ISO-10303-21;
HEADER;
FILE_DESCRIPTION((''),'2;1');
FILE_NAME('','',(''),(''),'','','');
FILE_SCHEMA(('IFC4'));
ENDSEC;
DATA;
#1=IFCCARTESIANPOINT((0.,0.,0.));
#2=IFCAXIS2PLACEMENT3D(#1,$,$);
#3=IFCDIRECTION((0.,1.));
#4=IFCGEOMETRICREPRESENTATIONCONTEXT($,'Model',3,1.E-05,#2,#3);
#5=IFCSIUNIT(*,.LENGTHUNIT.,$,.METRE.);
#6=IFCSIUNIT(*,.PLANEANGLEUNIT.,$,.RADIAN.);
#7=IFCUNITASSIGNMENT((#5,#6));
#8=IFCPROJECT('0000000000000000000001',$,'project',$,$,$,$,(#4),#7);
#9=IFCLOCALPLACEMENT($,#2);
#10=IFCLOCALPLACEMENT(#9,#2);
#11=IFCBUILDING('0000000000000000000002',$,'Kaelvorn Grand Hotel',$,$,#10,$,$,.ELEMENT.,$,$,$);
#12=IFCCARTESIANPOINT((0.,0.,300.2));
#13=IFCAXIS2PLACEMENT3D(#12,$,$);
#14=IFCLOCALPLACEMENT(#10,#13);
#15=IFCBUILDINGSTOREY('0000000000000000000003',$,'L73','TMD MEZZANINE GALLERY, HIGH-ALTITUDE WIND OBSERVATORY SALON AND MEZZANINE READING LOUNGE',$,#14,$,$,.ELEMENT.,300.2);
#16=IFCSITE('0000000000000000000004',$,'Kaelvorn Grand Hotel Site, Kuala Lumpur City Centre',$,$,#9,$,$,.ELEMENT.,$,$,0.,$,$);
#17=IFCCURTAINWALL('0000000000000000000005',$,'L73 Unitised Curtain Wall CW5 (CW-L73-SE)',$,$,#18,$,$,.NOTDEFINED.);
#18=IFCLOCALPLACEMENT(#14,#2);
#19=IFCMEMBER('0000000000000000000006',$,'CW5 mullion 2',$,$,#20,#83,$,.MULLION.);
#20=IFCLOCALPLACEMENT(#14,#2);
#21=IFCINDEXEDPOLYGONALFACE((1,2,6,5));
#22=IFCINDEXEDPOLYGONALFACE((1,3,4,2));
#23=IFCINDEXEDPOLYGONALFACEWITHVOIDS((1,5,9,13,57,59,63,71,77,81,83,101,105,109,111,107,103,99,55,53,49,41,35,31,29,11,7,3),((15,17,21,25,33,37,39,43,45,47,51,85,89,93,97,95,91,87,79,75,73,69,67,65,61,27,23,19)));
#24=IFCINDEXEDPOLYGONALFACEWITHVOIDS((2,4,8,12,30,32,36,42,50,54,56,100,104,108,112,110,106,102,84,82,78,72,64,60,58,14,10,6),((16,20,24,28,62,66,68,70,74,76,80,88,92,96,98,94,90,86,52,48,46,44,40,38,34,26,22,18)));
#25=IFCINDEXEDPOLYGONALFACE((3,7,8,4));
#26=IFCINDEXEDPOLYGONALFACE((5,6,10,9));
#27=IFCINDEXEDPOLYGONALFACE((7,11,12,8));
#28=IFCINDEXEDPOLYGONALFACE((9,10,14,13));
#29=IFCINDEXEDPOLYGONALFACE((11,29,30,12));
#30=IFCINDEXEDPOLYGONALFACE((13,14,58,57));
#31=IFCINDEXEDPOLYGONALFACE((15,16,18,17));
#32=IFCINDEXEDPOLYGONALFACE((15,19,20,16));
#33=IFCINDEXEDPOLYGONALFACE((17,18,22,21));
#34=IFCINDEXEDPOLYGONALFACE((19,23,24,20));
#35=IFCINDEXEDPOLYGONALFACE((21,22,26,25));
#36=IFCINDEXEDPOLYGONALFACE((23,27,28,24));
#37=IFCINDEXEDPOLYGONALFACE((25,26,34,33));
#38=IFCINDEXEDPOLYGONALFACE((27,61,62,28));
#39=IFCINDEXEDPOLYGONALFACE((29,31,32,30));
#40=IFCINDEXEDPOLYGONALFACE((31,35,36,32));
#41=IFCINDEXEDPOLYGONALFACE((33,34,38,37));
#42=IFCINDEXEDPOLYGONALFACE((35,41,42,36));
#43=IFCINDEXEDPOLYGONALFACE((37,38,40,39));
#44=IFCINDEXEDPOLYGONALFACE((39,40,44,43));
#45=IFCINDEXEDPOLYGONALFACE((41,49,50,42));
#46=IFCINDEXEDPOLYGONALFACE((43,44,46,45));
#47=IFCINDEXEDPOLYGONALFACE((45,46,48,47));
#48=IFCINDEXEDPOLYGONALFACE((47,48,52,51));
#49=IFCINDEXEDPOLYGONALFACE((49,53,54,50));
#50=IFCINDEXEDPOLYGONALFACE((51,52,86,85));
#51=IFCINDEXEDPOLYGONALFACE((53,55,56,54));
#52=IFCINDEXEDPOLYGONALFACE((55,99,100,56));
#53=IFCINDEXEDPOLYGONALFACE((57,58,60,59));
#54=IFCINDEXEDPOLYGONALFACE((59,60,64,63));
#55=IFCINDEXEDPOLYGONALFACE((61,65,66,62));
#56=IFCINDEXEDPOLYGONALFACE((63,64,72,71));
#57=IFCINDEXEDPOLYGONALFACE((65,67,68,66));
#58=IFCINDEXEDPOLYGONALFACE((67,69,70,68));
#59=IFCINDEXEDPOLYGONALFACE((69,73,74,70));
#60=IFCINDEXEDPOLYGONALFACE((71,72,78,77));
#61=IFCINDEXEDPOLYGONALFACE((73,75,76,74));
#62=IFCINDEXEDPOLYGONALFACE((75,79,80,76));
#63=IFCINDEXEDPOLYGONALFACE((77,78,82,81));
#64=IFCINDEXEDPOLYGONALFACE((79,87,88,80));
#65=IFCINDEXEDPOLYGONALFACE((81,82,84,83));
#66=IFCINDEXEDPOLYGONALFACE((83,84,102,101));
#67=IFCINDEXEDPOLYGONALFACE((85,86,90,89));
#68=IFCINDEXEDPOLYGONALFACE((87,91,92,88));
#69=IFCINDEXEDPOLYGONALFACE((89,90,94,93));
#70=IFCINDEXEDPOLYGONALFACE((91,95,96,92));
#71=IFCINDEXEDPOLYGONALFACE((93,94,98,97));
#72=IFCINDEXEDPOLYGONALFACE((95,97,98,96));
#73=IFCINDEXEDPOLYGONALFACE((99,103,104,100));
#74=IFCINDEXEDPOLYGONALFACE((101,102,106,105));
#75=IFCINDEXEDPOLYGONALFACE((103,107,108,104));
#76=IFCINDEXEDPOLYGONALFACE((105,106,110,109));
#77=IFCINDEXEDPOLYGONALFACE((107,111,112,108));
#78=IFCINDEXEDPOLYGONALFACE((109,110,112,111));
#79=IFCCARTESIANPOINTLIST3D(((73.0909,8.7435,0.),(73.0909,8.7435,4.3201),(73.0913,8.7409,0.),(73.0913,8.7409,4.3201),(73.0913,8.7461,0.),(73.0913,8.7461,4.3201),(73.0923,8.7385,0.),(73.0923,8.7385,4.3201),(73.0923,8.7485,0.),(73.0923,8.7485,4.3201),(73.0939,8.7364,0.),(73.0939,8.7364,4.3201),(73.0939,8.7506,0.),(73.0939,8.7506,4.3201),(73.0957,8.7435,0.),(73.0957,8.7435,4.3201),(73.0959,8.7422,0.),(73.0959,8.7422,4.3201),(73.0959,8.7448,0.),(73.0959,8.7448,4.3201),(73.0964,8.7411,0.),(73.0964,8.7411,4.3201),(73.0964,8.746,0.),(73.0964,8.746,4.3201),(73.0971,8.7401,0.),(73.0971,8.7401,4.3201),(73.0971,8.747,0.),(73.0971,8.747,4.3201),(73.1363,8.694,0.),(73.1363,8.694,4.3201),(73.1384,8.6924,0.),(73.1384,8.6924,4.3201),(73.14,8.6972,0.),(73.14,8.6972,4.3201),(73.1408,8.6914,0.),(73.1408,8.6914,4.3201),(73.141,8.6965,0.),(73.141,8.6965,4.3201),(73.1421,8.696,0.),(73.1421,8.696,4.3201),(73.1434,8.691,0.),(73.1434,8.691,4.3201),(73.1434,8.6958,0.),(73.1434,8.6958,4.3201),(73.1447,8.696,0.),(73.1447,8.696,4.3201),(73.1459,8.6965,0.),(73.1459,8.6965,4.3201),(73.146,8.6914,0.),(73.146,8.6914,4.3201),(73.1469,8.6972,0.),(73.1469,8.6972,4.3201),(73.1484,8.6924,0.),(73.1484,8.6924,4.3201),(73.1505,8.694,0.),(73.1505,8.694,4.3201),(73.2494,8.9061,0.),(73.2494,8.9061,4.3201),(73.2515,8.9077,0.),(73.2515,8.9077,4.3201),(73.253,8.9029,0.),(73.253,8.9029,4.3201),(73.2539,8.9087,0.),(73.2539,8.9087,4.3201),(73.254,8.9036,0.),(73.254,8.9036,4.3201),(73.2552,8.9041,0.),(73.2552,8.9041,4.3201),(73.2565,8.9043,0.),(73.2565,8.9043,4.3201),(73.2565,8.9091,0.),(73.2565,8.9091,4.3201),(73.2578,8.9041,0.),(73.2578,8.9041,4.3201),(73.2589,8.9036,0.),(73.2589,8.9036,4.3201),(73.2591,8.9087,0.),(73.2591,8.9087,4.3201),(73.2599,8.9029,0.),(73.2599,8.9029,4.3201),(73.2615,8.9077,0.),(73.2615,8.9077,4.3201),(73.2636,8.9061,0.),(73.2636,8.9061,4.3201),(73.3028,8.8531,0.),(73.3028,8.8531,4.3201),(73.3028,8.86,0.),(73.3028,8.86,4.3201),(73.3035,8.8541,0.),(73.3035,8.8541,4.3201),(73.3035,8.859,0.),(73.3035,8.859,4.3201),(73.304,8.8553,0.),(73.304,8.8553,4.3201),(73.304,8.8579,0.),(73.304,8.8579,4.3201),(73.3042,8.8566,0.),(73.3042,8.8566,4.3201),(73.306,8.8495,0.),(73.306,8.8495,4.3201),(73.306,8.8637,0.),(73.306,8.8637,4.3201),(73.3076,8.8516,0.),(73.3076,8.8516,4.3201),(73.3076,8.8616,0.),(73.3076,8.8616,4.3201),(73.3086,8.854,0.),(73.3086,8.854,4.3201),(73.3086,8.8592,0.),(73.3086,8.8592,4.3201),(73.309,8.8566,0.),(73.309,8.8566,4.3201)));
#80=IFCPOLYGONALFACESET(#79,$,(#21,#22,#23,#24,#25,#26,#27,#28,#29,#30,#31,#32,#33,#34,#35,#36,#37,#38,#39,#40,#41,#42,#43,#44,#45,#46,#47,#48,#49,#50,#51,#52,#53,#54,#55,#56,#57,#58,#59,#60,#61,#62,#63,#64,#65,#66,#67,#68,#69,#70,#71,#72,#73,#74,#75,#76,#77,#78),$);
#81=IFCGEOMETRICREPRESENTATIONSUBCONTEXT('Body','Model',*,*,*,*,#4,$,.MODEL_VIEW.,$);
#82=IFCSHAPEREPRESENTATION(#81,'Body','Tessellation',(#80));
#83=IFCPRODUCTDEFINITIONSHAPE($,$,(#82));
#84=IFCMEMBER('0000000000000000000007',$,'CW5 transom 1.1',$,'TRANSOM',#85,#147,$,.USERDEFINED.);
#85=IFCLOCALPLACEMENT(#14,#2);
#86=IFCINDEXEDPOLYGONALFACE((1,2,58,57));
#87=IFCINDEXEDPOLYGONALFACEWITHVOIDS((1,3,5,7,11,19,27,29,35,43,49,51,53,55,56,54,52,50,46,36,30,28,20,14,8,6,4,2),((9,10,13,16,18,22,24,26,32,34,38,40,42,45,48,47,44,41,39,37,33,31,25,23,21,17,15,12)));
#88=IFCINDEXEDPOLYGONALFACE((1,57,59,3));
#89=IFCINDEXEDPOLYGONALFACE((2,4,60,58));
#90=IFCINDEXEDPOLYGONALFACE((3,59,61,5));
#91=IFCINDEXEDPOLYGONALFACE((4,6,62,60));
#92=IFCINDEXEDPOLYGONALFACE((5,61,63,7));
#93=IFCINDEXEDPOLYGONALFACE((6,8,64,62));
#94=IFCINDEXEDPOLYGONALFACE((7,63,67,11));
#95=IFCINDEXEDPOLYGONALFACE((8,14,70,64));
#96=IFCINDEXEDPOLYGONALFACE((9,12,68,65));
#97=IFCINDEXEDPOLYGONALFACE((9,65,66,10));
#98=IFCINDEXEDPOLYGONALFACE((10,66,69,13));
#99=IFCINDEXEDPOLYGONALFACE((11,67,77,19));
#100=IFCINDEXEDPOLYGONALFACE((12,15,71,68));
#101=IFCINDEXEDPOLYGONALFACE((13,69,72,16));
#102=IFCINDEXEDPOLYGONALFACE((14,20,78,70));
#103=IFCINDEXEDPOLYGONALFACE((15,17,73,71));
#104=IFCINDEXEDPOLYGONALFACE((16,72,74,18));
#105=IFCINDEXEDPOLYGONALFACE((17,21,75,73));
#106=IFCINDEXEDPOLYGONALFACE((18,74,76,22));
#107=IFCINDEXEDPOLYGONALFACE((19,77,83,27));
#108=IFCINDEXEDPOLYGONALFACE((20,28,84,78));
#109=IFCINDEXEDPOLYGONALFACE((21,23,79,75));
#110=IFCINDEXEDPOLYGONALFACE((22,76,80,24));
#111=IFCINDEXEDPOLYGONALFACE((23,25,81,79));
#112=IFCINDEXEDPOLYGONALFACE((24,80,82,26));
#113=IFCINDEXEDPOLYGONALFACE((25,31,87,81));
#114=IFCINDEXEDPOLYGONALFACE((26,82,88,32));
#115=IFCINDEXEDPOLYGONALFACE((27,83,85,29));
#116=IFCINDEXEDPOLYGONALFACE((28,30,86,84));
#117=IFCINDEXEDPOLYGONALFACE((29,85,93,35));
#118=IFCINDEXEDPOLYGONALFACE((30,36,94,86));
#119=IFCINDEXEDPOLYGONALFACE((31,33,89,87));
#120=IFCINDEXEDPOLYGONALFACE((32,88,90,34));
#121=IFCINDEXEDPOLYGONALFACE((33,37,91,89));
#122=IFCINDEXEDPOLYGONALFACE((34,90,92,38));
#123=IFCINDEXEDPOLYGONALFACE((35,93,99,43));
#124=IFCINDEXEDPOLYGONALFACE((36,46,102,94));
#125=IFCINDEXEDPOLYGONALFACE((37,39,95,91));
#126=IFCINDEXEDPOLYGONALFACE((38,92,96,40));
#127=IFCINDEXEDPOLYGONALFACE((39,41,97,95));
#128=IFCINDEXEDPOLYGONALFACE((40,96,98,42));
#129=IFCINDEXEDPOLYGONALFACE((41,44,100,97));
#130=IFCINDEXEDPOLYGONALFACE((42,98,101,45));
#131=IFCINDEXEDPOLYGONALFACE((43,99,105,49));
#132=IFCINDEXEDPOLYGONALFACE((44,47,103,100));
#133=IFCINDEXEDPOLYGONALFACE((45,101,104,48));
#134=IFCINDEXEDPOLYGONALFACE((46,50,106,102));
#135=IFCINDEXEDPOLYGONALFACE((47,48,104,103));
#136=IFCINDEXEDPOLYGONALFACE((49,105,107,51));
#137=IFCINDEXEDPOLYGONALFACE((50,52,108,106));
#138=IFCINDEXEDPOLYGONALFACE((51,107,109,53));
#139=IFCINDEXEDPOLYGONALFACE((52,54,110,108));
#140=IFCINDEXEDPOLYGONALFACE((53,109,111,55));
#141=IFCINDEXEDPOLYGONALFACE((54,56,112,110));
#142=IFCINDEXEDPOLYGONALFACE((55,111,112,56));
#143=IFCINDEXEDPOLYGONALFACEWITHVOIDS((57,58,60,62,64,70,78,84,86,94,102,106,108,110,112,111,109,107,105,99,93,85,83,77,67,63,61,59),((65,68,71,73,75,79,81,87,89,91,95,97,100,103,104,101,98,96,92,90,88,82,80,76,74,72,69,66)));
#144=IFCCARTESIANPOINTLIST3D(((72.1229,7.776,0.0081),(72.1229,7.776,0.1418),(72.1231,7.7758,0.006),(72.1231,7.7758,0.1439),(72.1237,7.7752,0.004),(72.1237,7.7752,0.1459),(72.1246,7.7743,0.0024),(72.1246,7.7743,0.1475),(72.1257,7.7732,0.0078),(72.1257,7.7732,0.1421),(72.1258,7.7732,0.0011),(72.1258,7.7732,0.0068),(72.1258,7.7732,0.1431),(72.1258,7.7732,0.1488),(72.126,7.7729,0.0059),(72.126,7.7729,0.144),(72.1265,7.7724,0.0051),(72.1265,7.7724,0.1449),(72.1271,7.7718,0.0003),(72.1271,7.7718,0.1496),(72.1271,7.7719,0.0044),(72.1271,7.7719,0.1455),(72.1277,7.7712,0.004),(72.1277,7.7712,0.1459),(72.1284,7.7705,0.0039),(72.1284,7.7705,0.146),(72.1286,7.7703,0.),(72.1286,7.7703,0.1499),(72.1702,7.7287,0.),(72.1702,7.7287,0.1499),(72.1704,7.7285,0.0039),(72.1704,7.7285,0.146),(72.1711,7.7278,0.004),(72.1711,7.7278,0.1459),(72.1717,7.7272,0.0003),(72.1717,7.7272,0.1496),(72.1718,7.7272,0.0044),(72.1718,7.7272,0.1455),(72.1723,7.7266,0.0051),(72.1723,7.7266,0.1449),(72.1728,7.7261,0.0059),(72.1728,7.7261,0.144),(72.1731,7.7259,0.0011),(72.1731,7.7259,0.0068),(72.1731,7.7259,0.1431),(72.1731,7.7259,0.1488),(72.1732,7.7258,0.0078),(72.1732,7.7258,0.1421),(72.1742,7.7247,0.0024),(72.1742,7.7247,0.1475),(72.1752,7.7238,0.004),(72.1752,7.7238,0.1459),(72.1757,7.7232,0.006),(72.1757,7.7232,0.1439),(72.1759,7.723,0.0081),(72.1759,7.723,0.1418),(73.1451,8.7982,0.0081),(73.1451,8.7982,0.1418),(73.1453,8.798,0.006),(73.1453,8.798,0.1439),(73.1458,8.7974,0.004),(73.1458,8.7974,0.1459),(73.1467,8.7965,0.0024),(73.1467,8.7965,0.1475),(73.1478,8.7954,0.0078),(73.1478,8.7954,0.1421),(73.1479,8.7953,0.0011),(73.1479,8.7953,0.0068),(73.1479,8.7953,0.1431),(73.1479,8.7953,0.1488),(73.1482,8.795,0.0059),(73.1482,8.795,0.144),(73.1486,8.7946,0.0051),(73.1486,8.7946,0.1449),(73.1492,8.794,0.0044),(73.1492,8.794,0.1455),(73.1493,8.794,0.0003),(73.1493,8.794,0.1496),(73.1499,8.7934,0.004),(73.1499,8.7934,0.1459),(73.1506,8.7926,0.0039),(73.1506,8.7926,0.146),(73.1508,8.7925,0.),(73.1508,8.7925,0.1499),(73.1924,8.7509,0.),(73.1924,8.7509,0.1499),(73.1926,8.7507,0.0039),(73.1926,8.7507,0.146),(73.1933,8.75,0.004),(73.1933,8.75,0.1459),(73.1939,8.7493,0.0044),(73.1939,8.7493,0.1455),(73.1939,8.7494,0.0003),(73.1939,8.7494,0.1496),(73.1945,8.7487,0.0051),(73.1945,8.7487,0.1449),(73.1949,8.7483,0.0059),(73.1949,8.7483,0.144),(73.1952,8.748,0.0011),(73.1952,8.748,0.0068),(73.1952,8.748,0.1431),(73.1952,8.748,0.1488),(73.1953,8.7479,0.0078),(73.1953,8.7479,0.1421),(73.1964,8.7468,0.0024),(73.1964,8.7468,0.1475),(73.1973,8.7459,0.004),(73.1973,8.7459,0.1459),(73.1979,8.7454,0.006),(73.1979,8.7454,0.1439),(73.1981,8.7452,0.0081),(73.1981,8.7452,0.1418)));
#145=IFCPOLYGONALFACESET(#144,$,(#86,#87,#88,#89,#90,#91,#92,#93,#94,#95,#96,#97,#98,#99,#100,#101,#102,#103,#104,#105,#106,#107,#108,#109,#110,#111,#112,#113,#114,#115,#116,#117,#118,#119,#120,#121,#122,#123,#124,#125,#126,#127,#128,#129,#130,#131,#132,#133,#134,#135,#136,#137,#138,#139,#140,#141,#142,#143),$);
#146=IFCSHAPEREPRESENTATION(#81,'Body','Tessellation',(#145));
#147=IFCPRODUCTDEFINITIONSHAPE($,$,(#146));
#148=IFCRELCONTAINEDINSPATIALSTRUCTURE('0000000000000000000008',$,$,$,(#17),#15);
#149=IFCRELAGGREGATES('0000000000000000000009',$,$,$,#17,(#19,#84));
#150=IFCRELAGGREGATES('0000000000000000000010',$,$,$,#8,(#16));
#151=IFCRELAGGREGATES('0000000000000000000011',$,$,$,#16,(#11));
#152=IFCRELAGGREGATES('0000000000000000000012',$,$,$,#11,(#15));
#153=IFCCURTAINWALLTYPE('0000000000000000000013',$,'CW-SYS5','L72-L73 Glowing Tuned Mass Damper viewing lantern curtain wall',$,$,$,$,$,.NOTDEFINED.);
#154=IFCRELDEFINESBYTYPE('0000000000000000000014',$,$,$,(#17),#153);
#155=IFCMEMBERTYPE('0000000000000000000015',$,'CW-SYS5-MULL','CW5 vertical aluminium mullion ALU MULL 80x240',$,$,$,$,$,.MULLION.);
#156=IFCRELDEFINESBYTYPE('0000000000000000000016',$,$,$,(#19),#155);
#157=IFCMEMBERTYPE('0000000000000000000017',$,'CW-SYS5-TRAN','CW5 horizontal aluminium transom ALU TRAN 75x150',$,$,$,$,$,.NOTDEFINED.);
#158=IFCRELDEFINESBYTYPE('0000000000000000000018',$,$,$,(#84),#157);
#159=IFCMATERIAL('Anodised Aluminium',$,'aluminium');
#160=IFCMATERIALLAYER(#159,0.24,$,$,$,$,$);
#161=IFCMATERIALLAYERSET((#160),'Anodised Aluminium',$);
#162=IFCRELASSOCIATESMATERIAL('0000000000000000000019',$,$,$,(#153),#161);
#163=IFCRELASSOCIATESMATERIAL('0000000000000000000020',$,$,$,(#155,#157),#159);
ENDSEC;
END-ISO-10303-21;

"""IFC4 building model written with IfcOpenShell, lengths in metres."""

from ifc_helpers import new_model, si_unit, direction, frame, origin, origin_2d, place, context, subcontext, project, spatial, hollow_rectangle, extrude, material, layer, layer_set, material_profile, profile_set, type_object, element, aggregate, save


model = new_model("IFC4")

# Units and contexts
model_context = context("Model", 3, precision=1e-05, world=origin(), true_north=direction((0.0, 1.0)))
body_context = subcontext(model_context, "Body", "Model", "MODEL_VIEW")
ifc_project = project(units=[si_unit("LENGTHUNIT", "METRE"), si_unit("PLANEANGLEUNIT", "RADIAN")], contexts=[model_context])

# Site, building, storey
site_placement = place(None, origin())
site = spatial("IfcSite", under=ifc_project, at=site_placement, Name="Kaelvorn Grand Hotel Site, Kuala Lumpur City Centre", CompositionType="ELEMENT", RefElevation=0.0)
building_placement = place(site_placement, origin())
building = spatial("IfcBuilding", under=site, at=building_placement, Name="Kaelvorn Grand Hotel", CompositionType="ELEMENT")
storey_placement = place(building_placement, frame((0.0, 0.0, 300.2)))
storey = spatial("IfcBuildingStorey", under=building, at=storey_placement, Name="L73", Description="TMD MEZZANINE GALLERY, HIGH-ALTITUDE WIND OBSERVATORY SALON AND MEZZANINE READING LOUNGE", CompositionType="ELEMENT", Elevation=300.2)

# Shared definitions
ifc_material_1 = material(Name="Anodised Aluminium", Category="aluminium")
ifc_layer_1 = layer(ifc_material_1, 0.24)
ifc_layer_set_1 = layer_set([ifc_layer_1], Name="Anodised Aluminium")
curtain_wall_type = type_object("IfcCurtainWallType", Name="CW-SYS5", Description="L72-L73 Glowing Tuned Mass Damper viewing lantern curtain wall", PredefinedType="NOTDEFINED", material=ifc_layer_set_1)
ifc_material_profile_1 = material_profile(ifc_material_1, hollow_rectangle(XDim=0.0801, YDim=0.24, WallThickness=0.0049, InnerFilletRadius=0.0049, OuterFilletRadius=0.01, at=origin_2d()), Name="ALU MULL 80x240")
ifc_profile_set_1 = profile_set([ifc_material_profile_1], Name="Anodised Aluminium")
member_type_1 = type_object("IfcMemberType", Name="CW-SYS5-MULL", Description="CW5 vertical aluminium mullion ALU MULL 80x240", PredefinedType="MULLION", material=ifc_profile_set_1)

# Curtain wall, members
curtain_wall_1_placement = place(storey_placement, origin())
curtain_wall_1 = element("IfcCurtainWall", 1, at=curtain_wall_1_placement, inside=storey, type_object=curtain_wall_type, Name="L73 Unitised Curtain Wall CW5 (CW-L73-SE)", PredefinedType="NOTDEFINED")
member_1_placement = place(storey_placement, frame((73.2, 8.8, 0.0), z_axis=(0.0, 0.0, 1.0), x_axis=(-0.707107, 0.707107, 0.0)))
member_1 = element("IfcMember", 2, at=member_1_placement, type_object=member_type_1, Name="CW5 mullion 2", PredefinedType="MULLION", context=body_context, shape_type="SweptSolid", body=[
    extrude(hollow_rectangle(XDim=0.0801, YDim=0.24, WallThickness=0.0049, InnerFilletRadius=0.0049, OuterFilletRadius=0.01, at=origin_2d()), origin(), (0.0, 0.0, 1.0), 4.3201),
])
ifc_material_profile_2 = material_profile(ifc_material_1, hollow_rectangle(XDim=0.075, YDim=0.1499, WallThickness=0.0039, InnerFilletRadius=0.0039, OuterFilletRadius=0.0081, at=origin_2d()), Name="ALU TRAN 75x150")
ifc_profile_set_2 = profile_set([ifc_material_profile_2], Name="Anodised Aluminium")
member_type_2 = type_object("IfcMemberType", Name="CW-SYS5-TRAN", Description="CW5 horizontal aluminium transom ALU TRAN 75x150", PredefinedType="NOTDEFINED", material=ifc_profile_set_2)
member_2_placement = place(storey_placement, frame((72.1494, 7.7495, 0.075), z_axis=(0.707107, 0.707107, 0.0), x_axis=(-0.707107, 0.707107, 0.0)))
member_2 = element("IfcMember", 3, at=member_2_placement, type_object=member_type_2, Name="CW5 transom 1.1", ObjectType="TRANSOM", PredefinedType="USERDEFINED", context=body_context, shape_type="SweptSolid", body=[
    extrude(hollow_rectangle(XDim=0.075, YDim=0.1499, WallThickness=0.0039, InnerFilletRadius=0.0039, OuterFilletRadius=0.0081, at=origin_2d()), origin(), (0.0, 0.0, 1.0), 1.4456),
])

aggregate(curtain_wall_1, [member_1, member_2])

save(model, "model.ifc")
